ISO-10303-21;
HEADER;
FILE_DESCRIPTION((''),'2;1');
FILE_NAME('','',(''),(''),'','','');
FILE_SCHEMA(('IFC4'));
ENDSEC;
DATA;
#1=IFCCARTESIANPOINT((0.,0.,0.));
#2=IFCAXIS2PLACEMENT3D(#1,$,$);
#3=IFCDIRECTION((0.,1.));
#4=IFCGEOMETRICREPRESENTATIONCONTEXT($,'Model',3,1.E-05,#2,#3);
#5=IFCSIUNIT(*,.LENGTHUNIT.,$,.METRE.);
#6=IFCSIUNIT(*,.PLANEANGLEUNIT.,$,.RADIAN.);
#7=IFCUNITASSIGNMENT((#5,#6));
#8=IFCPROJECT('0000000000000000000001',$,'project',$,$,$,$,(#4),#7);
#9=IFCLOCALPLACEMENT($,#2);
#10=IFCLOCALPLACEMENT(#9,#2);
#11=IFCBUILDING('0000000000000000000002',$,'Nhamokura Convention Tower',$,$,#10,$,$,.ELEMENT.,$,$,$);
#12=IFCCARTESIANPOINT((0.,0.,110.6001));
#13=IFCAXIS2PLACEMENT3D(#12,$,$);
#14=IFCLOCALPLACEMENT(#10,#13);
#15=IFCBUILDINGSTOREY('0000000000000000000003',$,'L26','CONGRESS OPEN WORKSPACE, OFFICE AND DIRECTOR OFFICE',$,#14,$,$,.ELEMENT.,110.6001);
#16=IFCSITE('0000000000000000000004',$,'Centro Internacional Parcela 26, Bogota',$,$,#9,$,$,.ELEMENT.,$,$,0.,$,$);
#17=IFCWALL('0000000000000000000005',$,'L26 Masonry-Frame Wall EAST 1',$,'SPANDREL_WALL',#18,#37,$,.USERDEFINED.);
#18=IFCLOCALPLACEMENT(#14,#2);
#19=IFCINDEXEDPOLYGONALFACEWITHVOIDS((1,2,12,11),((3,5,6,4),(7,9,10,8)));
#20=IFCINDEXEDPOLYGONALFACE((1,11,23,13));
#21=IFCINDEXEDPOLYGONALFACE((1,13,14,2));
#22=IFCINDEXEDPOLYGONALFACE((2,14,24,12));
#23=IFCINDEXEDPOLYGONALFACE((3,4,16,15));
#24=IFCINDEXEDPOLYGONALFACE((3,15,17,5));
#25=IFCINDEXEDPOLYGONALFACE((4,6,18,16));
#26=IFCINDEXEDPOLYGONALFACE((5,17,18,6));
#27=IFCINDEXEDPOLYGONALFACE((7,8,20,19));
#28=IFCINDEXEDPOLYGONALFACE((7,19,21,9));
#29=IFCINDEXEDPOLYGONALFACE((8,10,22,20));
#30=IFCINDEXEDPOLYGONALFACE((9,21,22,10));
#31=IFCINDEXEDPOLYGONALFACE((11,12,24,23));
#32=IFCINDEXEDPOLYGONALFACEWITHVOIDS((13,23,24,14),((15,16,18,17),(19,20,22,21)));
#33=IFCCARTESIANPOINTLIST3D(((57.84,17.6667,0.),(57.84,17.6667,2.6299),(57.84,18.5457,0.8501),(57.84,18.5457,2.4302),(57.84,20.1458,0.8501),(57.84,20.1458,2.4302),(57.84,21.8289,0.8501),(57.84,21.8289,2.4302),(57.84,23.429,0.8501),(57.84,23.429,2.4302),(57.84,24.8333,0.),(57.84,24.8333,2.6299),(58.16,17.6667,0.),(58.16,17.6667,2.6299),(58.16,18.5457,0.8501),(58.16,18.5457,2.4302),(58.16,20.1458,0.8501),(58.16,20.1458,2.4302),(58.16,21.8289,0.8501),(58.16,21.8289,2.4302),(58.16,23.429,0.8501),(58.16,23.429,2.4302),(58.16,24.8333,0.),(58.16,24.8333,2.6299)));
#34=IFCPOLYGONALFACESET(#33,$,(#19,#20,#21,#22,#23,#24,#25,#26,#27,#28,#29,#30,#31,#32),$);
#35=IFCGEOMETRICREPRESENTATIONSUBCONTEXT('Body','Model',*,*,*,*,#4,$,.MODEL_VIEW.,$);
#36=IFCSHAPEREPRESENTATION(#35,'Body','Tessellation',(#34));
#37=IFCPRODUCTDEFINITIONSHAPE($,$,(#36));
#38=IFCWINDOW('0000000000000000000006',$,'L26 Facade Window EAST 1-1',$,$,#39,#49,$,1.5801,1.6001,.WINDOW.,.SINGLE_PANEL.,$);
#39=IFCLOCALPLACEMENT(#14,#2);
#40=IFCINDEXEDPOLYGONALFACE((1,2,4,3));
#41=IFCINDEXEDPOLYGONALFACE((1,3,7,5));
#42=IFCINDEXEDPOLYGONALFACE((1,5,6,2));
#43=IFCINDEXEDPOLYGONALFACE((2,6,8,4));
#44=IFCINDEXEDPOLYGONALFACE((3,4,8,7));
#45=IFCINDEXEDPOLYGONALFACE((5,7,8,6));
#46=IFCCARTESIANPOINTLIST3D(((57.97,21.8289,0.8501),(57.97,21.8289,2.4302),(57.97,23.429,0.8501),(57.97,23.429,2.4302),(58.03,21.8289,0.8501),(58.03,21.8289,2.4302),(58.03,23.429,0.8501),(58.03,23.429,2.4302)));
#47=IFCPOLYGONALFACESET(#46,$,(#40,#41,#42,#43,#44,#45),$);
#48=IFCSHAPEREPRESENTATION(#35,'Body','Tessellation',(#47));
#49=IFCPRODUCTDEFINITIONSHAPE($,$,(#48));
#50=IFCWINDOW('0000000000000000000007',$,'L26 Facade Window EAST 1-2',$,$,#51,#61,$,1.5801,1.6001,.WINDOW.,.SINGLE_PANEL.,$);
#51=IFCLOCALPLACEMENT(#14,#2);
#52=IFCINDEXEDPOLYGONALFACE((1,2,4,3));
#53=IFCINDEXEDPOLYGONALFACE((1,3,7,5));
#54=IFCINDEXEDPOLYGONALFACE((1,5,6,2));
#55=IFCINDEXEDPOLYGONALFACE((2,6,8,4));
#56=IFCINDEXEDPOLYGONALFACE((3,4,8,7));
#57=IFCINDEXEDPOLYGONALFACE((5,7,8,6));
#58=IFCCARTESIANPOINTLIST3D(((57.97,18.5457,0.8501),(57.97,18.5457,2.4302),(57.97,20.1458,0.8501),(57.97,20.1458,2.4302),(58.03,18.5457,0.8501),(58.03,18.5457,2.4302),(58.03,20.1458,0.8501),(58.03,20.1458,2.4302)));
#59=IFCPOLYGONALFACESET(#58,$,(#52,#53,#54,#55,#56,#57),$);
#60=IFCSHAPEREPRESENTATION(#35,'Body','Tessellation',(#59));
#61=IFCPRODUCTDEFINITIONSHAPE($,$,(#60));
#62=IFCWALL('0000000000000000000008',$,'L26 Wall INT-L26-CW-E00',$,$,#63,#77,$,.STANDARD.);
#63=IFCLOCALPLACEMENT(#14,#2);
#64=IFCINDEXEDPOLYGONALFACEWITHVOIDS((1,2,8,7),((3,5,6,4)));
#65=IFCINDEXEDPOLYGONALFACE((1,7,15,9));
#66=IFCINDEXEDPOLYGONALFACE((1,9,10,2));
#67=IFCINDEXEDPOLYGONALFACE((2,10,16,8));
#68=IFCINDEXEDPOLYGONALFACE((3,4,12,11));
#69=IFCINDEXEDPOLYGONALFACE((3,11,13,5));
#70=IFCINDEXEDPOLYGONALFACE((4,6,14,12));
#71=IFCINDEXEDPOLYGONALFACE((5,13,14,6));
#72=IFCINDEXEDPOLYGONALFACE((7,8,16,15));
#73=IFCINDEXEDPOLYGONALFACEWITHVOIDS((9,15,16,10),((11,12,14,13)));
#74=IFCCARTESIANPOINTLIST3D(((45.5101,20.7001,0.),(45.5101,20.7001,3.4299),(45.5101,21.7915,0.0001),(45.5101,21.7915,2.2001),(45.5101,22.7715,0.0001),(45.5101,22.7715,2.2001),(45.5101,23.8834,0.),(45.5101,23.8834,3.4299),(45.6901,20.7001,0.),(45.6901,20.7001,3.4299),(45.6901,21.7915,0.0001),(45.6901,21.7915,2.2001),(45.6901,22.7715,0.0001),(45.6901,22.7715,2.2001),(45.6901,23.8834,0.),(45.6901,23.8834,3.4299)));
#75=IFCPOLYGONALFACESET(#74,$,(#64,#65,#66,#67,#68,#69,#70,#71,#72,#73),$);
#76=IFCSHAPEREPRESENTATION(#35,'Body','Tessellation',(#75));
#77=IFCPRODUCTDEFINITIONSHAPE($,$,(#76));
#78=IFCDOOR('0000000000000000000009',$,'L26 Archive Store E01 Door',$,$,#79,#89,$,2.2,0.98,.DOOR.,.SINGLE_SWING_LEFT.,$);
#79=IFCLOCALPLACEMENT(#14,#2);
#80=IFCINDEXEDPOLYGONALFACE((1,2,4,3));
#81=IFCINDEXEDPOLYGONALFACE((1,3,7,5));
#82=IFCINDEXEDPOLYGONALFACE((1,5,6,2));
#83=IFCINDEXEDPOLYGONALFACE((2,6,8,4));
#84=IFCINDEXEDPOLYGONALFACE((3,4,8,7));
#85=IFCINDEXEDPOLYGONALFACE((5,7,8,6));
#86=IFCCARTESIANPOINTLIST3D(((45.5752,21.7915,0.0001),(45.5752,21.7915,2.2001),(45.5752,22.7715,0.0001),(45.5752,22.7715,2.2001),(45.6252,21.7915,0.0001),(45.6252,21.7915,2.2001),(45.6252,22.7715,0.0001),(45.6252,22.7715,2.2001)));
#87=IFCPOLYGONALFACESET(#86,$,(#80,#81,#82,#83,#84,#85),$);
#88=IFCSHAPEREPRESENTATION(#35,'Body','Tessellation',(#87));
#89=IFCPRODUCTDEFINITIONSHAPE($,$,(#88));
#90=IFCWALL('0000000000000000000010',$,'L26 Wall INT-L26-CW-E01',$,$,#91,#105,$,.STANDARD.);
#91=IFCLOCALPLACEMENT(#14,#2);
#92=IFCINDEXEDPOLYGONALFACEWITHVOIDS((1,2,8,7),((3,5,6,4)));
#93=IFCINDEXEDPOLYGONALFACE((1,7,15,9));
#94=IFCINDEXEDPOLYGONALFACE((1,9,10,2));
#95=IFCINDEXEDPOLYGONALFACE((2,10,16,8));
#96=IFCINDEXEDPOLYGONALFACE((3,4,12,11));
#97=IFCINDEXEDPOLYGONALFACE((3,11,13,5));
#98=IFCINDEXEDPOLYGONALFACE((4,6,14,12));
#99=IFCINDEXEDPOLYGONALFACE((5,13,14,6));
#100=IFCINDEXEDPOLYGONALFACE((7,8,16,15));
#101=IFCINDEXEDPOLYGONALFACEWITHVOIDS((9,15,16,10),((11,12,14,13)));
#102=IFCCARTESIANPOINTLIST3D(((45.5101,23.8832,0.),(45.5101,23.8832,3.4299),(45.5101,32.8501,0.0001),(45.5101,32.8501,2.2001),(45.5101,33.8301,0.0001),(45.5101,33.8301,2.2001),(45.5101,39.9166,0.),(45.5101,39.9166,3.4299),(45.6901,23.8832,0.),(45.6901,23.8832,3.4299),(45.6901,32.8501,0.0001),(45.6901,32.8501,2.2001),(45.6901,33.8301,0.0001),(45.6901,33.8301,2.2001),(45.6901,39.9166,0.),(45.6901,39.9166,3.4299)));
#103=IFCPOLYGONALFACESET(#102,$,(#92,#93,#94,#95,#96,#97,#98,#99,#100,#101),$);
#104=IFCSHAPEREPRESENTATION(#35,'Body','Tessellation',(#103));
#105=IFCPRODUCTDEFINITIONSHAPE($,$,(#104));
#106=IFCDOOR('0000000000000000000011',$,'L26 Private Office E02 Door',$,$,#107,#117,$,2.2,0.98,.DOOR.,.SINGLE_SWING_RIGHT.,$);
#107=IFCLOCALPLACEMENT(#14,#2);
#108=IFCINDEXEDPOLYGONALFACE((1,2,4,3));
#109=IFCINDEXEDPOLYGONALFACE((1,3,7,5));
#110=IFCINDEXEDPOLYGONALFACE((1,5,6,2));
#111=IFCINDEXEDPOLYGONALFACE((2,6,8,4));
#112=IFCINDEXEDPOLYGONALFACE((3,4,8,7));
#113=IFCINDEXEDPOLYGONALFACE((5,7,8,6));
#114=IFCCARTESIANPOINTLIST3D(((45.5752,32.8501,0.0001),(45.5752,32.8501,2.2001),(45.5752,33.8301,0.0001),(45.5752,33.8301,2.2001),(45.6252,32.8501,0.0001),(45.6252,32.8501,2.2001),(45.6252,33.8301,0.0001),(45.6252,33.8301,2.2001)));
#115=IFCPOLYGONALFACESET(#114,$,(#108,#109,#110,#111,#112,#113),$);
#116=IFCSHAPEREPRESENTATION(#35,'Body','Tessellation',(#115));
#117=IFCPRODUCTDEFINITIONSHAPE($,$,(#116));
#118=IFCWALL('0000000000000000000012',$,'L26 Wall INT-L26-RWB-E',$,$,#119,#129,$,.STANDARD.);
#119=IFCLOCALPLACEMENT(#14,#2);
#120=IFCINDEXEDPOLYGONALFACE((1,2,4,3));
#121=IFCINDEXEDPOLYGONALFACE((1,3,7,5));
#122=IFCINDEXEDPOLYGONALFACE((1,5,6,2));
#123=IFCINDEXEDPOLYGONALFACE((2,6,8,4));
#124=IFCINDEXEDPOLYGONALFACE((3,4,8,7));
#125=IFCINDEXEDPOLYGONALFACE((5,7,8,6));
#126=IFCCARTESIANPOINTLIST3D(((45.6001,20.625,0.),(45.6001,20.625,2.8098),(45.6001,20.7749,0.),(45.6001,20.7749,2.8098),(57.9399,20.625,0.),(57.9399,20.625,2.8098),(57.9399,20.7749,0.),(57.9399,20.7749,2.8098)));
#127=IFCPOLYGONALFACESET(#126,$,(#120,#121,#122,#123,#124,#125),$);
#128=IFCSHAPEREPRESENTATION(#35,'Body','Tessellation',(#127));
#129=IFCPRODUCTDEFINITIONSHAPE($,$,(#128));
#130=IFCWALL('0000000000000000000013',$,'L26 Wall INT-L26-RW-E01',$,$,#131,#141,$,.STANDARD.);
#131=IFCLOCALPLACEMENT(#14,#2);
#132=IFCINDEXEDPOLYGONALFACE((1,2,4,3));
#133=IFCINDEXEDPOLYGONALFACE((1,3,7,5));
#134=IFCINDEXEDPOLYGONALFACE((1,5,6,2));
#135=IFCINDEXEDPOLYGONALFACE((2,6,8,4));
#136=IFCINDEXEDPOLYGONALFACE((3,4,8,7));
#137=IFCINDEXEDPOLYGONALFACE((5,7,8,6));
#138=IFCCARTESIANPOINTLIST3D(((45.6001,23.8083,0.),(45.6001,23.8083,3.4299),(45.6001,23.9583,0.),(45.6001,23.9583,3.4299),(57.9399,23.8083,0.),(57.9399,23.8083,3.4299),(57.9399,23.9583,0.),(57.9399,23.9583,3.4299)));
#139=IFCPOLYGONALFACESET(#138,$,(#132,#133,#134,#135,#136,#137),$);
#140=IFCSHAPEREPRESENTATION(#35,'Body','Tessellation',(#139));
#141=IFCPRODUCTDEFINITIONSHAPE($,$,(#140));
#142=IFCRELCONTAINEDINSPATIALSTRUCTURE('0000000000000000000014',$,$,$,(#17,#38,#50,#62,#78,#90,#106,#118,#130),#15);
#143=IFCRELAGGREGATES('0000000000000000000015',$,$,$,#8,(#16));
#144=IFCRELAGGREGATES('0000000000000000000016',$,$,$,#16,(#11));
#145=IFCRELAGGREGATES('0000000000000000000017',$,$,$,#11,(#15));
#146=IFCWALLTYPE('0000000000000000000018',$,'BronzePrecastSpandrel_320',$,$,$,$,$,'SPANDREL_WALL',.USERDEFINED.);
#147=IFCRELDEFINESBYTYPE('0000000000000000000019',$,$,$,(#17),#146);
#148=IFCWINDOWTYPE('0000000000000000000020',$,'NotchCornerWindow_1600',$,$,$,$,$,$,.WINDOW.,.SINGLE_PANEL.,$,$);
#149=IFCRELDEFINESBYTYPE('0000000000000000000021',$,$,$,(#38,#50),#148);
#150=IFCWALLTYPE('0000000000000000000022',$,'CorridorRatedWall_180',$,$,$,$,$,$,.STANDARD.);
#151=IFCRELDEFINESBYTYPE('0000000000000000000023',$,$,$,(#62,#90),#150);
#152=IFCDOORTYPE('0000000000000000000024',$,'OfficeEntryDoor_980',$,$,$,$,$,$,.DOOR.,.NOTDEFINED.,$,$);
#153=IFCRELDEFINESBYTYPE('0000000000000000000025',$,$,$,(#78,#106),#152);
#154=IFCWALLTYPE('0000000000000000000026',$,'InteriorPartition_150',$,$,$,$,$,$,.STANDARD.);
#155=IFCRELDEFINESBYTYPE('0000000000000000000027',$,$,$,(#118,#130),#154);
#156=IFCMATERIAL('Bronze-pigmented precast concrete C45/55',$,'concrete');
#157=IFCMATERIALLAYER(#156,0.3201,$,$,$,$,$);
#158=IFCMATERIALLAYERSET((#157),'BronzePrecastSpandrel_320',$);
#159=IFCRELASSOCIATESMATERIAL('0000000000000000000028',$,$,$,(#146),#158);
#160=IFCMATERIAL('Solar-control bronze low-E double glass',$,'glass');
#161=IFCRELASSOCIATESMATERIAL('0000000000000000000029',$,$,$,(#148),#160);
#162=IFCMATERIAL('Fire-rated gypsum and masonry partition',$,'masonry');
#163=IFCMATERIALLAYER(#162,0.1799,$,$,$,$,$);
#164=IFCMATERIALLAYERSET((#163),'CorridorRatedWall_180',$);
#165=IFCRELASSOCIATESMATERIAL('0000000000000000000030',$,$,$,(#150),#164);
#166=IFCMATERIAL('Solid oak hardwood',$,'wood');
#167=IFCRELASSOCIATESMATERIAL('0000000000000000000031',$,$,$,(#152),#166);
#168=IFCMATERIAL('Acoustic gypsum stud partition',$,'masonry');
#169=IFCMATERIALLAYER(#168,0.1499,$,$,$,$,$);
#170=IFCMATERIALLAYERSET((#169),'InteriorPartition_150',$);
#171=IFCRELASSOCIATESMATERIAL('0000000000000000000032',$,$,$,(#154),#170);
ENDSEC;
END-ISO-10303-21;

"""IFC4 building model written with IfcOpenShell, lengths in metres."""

from ifc_helpers import new_model, si_unit, direction, frame, frame_2d, origin, place, context, subcontext, project, spatial, rectangle, extrude, material, layer, layer_set, type_object, element, fill, save


model = new_model("IFC4")

# Units and contexts
model_context = context("Model", 3, precision=1e-05, world=origin(), true_north=direction((0.0, 1.0)))
body_context = subcontext(model_context, "Body", "Model", "MODEL_VIEW")
ifc_project = project(units=[si_unit("LENGTHUNIT", "METRE"), si_unit("PLANEANGLEUNIT", "RADIAN")], contexts=[model_context])

# Site, building, storey
site_placement = place(None, origin())
site = spatial("IfcSite", under=ifc_project, at=site_placement, Name="Centro Internacional Parcela 26, Bogota", CompositionType="ELEMENT", RefElevation=0.0)
building_placement = place(site_placement, origin())
building = spatial("IfcBuilding", under=site, at=building_placement, Name="Nhamokura Convention Tower", CompositionType="ELEMENT")
storey_placement = place(building_placement, frame((0.0, 0.0, 110.6001)))
storey = spatial("IfcBuildingStorey", under=building, at=storey_placement, Name="L26", Description="CONGRESS OPEN WORKSPACE, OFFICE AND DIRECTOR OFFICE", CompositionType="ELEMENT", Elevation=110.6001)

# Shared definitions
ifc_material_1 = material(Name="Bronze-pigmented precast concrete C45/55", Category="concrete")
ifc_layer_1 = layer(ifc_material_1, 0.3201)
ifc_layer_set_1 = layer_set([ifc_layer_1], Name="BronzePrecastSpandrel_320")
wall_type_1 = type_object("IfcWallType", Name="BronzePrecastSpandrel_320", ElementType="SPANDREL_WALL", PredefinedType="USERDEFINED", material=ifc_layer_set_1)

# Wall, openings, windows
wall_1_placement = place(storey_placement, frame((58.0, 24.8333, 0.0), z_axis=(0.0, 0.0, 1.0), x_axis=(0.0, -1.0, 0.0)))
wall_1 = element("IfcWall", 1, at=wall_1_placement, inside=storey, type_object=wall_type_1, Name="L26 Masonry-Frame Wall EAST 1", ObjectType="SPANDREL_WALL", PredefinedType="USERDEFINED", context=body_context, shape_type="SweptSolid", body=[
    extrude(rectangle(XDim=7.1665, YDim=0.3201, at=frame_2d((3.5833, 0.0))), origin(), (0.0, 0.0, 1.0), 2.6299),
])
opening_1_placement = place(wall_1_placement, frame((1.4043, 0.0, 0.8501)))
opening_1 = element("IfcOpeningElement", 2, at=opening_1_placement, cuts=wall_1, PredefinedType="OPENING", context=body_context, shape_type="SweptSolid", body=[
    extrude(rectangle(XDim=1.6001, YDim=1.5801, at=frame_2d((0.8, 0.79))), frame((0.0, 0.1699, 0.0), z_axis=(0.0, -1.0, 0.0), x_axis=(1.0, 0.0, 0.0)), (0.0, 0.0, 1.0), 0.3401),
])
opening_2_placement = place(wall_1_placement, frame((4.6875, 0.0, 0.8501)))
opening_2 = element("IfcOpeningElement", 3, at=opening_2_placement, cuts=wall_1, PredefinedType="OPENING", context=body_context, shape_type="SweptSolid", body=[
    extrude(rectangle(XDim=1.6001, YDim=1.5801, at=frame_2d((0.8, 0.79))), frame((0.0, 0.1699, 0.0), z_axis=(0.0, -1.0, 0.0), x_axis=(1.0, 0.0, 0.0)), (0.0, 0.0, 1.0), 0.3401),
])
ifc_material_2 = material(Name="Solar-control bronze low-E double glass", Category="glass")
window_type = type_object("IfcWindowType", Name="NotchCornerWindow_1600", PartitioningType="SINGLE_PANEL", PredefinedType="WINDOW", material=ifc_material_2)
window_1_placement = place(opening_1_placement, origin())
window_1 = element("IfcWindow", 4, at=window_1_placement, inside=storey, type_object=window_type, Name="L26 Facade Window EAST 1-1", OverallHeight=1.5801, OverallWidth=1.6001, PartitioningType="SINGLE_PANEL", PredefinedType="WINDOW", context=body_context, shape_type="SweptSolid", body=[
    extrude(rectangle(XDim=1.6001, YDim=1.5801, at=frame_2d((0.8, 0.79))), frame((0.0, 0.03, 0.0), z_axis=(0.0, -1.0, 0.0), x_axis=(1.0, 0.0, 0.0)), (0.0, 0.0, 1.0), 0.0601),
])
fill(opening_1, window_1)
window_2_placement = place(opening_2_placement, origin())
window_2 = element("IfcWindow", 5, at=window_2_placement, inside=storey, type_object=window_type, Name="L26 Facade Window EAST 1-2", OverallHeight=1.5801, OverallWidth=1.6001, PartitioningType="SINGLE_PANEL", PredefinedType="WINDOW", context=body_context, shape_type="SweptSolid", body=[
    extrude(rectangle(XDim=1.6001, YDim=1.5801, at=frame_2d((0.8, 0.79))), frame((0.0, 0.03, 0.0), z_axis=(0.0, -1.0, 0.0), x_axis=(1.0, 0.0, 0.0)), (0.0, 0.0, 1.0), 0.0601),
])
fill(opening_2, window_2)

# Walls, openings, doors
ifc_material_3 = material(Name="Fire-rated gypsum and masonry partition", Category="masonry")
ifc_layer_2 = layer(ifc_material_3, 0.1799)
ifc_layer_set_2 = layer_set([ifc_layer_2], Name="CorridorRatedWall_180")
wall_type_2 = type_object("IfcWallType", Name="CorridorRatedWall_180", PredefinedType="STANDARD", material=ifc_layer_set_2)
wall_2_placement = place(storey_placement, frame((45.6001, 20.7, 0.0), z_axis=(0.0, 0.0, 1.0), x_axis=(0.0, 1.0, 0.0)))
wall_2 = element("IfcWall", 6, at=wall_2_placement, inside=storey, type_object=wall_type_2, Name="L26 Wall INT-L26-CW-E00", PredefinedType="STANDARD", context=body_context, shape_type="SweptSolid", body=[
    extrude(rectangle(XDim=3.1833, YDim=0.1799, at=frame_2d((1.5918, 0.0))), origin(), (0.0, 0.0, 1.0), 3.4299),
])
opening_3_placement = place(wall_2_placement, frame((1.0916, 0.0, 0.0)))
opening_3 = element("IfcOpeningElement", 7, at=opening_3_placement, cuts=wall_2, PredefinedType="OPENING", context=body_context, shape_type="SweptSolid", body=[
    extrude(rectangle(XDim=0.98, YDim=2.2, at=frame_2d((0.49, 1.1001))), frame((0.0, 0.0999, 0.0), z_axis=(0.0, -1.0, 0.0), x_axis=(1.0, 0.0, 0.0)), (0.0, 0.0, 1.0), 0.2),
])
ifc_material_4 = material(Name="Solid oak hardwood", Category="wood")
door_type = type_object("IfcDoorType", Name="OfficeEntryDoor_980", OperationType="NOTDEFINED", PredefinedType="DOOR", material=ifc_material_4)
door_1_placement = place(opening_3_placement, origin())
door_1 = element("IfcDoor", 8, at=door_1_placement, inside=storey, type_object=door_type, Name="L26 Archive Store E01 Door", OperationType="SINGLE_SWING_LEFT", OverallHeight=2.2, OverallWidth=0.98, PredefinedType="DOOR", context=body_context, shape_type="SweptSolid", body=[
    extrude(rectangle(XDim=0.98, YDim=2.2, at=frame_2d((0.49, 1.1001))), frame((0.0, 0.0249, 0.0), z_axis=(0.0, -1.0, 0.0), x_axis=(1.0, 0.0, 0.0)), (0.0, 0.0, 1.0), 0.05),
])
fill(opening_3, door_1)
wall_3_placement = place(storey_placement, frame((45.6001, 23.8833, 0.0), z_axis=(0.0, 0.0, 1.0), x_axis=(0.0, 1.0, 0.0)))
wall_3 = element("IfcWall", 9, at=wall_3_placement, inside=storey, type_object=wall_type_2, Name="L26 Wall INT-L26-CW-E01", PredefinedType="STANDARD", context=body_context, shape_type="SweptSolid", body=[
    extrude(rectangle(XDim=16.0334, YDim=0.1799, at=frame_2d((8.0166, 0.0))), origin(), (0.0, 0.0, 1.0), 3.4299),
])
opening_4_placement = place(wall_3_placement, frame((8.9668, 0.0, 0.0)))
opening_4 = element("IfcOpeningElement", 10, at=opening_4_placement, cuts=wall_3, PredefinedType="OPENING", context=body_context, shape_type="SweptSolid", body=[
    extrude(rectangle(XDim=0.98, YDim=2.2, at=frame_2d((0.49, 1.1001))), frame((0.0, 0.0999, 0.0), z_axis=(0.0, -1.0, 0.0), x_axis=(1.0, 0.0, 0.0)), (0.0, 0.0, 1.0), 0.2),
])
door_2_placement = place(opening_4_placement, origin())
door_2 = element("IfcDoor", 11, at=door_2_placement, inside=storey, type_object=door_type, Name="L26 Private Office E02 Door", OperationType="SINGLE_SWING_RIGHT", OverallHeight=2.2, OverallWidth=0.98, PredefinedType="DOOR", context=body_context, shape_type="SweptSolid", body=[
    extrude(rectangle(XDim=0.98, YDim=2.2, at=frame_2d((0.49, 1.1001))), frame((0.0, 0.0249, 0.0), z_axis=(0.0, -1.0, 0.0), x_axis=(1.0, 0.0, 0.0)), (0.0, 0.0, 1.0), 0.05),
])
fill(opening_4, door_2)

# Walls
ifc_material_5 = material(Name="Acoustic gypsum stud partition", Category="masonry")
ifc_layer_3 = layer(ifc_material_5, 0.1499)
ifc_layer_set_3 = layer_set([ifc_layer_3], Name="InteriorPartition_150")
wall_type_3 = type_object("IfcWallType", Name="InteriorPartition_150", PredefinedType="STANDARD", material=ifc_layer_set_3)
wall_4_placement = place(storey_placement, frame((45.6001, 20.7, 0.0), z_axis=(0.0, 0.0, 1.0), x_axis=(1.0, 0.0, 0.0)))
element("IfcWall", 12, at=wall_4_placement, inside=storey, type_object=wall_type_3, Name="L26 Wall INT-L26-RWB-E", PredefinedType="STANDARD", context=body_context, shape_type="SweptSolid", body=[
    extrude(rectangle(XDim=12.3398, YDim=0.1499, at=frame_2d((6.1699, 0.0))), origin(), (0.0, 0.0, 1.0), 2.8098),
])
wall_5_placement = place(storey_placement, frame((45.6001, 23.8833, 0.0), z_axis=(0.0, 0.0, 1.0), x_axis=(1.0, 0.0, 0.0)))
element("IfcWall", 13, at=wall_5_placement, inside=storey, type_object=wall_type_3, Name="L26 Wall INT-L26-RW-E01", PredefinedType="STANDARD", context=body_context, shape_type="SweptSolid", body=[
    extrude(rectangle(XDim=12.3398, YDim=0.1499, at=frame_2d((6.1699, 0.0))), origin(), (0.0, 0.0, 1.0), 3.4299),
])

save(model, "model.ifc")
